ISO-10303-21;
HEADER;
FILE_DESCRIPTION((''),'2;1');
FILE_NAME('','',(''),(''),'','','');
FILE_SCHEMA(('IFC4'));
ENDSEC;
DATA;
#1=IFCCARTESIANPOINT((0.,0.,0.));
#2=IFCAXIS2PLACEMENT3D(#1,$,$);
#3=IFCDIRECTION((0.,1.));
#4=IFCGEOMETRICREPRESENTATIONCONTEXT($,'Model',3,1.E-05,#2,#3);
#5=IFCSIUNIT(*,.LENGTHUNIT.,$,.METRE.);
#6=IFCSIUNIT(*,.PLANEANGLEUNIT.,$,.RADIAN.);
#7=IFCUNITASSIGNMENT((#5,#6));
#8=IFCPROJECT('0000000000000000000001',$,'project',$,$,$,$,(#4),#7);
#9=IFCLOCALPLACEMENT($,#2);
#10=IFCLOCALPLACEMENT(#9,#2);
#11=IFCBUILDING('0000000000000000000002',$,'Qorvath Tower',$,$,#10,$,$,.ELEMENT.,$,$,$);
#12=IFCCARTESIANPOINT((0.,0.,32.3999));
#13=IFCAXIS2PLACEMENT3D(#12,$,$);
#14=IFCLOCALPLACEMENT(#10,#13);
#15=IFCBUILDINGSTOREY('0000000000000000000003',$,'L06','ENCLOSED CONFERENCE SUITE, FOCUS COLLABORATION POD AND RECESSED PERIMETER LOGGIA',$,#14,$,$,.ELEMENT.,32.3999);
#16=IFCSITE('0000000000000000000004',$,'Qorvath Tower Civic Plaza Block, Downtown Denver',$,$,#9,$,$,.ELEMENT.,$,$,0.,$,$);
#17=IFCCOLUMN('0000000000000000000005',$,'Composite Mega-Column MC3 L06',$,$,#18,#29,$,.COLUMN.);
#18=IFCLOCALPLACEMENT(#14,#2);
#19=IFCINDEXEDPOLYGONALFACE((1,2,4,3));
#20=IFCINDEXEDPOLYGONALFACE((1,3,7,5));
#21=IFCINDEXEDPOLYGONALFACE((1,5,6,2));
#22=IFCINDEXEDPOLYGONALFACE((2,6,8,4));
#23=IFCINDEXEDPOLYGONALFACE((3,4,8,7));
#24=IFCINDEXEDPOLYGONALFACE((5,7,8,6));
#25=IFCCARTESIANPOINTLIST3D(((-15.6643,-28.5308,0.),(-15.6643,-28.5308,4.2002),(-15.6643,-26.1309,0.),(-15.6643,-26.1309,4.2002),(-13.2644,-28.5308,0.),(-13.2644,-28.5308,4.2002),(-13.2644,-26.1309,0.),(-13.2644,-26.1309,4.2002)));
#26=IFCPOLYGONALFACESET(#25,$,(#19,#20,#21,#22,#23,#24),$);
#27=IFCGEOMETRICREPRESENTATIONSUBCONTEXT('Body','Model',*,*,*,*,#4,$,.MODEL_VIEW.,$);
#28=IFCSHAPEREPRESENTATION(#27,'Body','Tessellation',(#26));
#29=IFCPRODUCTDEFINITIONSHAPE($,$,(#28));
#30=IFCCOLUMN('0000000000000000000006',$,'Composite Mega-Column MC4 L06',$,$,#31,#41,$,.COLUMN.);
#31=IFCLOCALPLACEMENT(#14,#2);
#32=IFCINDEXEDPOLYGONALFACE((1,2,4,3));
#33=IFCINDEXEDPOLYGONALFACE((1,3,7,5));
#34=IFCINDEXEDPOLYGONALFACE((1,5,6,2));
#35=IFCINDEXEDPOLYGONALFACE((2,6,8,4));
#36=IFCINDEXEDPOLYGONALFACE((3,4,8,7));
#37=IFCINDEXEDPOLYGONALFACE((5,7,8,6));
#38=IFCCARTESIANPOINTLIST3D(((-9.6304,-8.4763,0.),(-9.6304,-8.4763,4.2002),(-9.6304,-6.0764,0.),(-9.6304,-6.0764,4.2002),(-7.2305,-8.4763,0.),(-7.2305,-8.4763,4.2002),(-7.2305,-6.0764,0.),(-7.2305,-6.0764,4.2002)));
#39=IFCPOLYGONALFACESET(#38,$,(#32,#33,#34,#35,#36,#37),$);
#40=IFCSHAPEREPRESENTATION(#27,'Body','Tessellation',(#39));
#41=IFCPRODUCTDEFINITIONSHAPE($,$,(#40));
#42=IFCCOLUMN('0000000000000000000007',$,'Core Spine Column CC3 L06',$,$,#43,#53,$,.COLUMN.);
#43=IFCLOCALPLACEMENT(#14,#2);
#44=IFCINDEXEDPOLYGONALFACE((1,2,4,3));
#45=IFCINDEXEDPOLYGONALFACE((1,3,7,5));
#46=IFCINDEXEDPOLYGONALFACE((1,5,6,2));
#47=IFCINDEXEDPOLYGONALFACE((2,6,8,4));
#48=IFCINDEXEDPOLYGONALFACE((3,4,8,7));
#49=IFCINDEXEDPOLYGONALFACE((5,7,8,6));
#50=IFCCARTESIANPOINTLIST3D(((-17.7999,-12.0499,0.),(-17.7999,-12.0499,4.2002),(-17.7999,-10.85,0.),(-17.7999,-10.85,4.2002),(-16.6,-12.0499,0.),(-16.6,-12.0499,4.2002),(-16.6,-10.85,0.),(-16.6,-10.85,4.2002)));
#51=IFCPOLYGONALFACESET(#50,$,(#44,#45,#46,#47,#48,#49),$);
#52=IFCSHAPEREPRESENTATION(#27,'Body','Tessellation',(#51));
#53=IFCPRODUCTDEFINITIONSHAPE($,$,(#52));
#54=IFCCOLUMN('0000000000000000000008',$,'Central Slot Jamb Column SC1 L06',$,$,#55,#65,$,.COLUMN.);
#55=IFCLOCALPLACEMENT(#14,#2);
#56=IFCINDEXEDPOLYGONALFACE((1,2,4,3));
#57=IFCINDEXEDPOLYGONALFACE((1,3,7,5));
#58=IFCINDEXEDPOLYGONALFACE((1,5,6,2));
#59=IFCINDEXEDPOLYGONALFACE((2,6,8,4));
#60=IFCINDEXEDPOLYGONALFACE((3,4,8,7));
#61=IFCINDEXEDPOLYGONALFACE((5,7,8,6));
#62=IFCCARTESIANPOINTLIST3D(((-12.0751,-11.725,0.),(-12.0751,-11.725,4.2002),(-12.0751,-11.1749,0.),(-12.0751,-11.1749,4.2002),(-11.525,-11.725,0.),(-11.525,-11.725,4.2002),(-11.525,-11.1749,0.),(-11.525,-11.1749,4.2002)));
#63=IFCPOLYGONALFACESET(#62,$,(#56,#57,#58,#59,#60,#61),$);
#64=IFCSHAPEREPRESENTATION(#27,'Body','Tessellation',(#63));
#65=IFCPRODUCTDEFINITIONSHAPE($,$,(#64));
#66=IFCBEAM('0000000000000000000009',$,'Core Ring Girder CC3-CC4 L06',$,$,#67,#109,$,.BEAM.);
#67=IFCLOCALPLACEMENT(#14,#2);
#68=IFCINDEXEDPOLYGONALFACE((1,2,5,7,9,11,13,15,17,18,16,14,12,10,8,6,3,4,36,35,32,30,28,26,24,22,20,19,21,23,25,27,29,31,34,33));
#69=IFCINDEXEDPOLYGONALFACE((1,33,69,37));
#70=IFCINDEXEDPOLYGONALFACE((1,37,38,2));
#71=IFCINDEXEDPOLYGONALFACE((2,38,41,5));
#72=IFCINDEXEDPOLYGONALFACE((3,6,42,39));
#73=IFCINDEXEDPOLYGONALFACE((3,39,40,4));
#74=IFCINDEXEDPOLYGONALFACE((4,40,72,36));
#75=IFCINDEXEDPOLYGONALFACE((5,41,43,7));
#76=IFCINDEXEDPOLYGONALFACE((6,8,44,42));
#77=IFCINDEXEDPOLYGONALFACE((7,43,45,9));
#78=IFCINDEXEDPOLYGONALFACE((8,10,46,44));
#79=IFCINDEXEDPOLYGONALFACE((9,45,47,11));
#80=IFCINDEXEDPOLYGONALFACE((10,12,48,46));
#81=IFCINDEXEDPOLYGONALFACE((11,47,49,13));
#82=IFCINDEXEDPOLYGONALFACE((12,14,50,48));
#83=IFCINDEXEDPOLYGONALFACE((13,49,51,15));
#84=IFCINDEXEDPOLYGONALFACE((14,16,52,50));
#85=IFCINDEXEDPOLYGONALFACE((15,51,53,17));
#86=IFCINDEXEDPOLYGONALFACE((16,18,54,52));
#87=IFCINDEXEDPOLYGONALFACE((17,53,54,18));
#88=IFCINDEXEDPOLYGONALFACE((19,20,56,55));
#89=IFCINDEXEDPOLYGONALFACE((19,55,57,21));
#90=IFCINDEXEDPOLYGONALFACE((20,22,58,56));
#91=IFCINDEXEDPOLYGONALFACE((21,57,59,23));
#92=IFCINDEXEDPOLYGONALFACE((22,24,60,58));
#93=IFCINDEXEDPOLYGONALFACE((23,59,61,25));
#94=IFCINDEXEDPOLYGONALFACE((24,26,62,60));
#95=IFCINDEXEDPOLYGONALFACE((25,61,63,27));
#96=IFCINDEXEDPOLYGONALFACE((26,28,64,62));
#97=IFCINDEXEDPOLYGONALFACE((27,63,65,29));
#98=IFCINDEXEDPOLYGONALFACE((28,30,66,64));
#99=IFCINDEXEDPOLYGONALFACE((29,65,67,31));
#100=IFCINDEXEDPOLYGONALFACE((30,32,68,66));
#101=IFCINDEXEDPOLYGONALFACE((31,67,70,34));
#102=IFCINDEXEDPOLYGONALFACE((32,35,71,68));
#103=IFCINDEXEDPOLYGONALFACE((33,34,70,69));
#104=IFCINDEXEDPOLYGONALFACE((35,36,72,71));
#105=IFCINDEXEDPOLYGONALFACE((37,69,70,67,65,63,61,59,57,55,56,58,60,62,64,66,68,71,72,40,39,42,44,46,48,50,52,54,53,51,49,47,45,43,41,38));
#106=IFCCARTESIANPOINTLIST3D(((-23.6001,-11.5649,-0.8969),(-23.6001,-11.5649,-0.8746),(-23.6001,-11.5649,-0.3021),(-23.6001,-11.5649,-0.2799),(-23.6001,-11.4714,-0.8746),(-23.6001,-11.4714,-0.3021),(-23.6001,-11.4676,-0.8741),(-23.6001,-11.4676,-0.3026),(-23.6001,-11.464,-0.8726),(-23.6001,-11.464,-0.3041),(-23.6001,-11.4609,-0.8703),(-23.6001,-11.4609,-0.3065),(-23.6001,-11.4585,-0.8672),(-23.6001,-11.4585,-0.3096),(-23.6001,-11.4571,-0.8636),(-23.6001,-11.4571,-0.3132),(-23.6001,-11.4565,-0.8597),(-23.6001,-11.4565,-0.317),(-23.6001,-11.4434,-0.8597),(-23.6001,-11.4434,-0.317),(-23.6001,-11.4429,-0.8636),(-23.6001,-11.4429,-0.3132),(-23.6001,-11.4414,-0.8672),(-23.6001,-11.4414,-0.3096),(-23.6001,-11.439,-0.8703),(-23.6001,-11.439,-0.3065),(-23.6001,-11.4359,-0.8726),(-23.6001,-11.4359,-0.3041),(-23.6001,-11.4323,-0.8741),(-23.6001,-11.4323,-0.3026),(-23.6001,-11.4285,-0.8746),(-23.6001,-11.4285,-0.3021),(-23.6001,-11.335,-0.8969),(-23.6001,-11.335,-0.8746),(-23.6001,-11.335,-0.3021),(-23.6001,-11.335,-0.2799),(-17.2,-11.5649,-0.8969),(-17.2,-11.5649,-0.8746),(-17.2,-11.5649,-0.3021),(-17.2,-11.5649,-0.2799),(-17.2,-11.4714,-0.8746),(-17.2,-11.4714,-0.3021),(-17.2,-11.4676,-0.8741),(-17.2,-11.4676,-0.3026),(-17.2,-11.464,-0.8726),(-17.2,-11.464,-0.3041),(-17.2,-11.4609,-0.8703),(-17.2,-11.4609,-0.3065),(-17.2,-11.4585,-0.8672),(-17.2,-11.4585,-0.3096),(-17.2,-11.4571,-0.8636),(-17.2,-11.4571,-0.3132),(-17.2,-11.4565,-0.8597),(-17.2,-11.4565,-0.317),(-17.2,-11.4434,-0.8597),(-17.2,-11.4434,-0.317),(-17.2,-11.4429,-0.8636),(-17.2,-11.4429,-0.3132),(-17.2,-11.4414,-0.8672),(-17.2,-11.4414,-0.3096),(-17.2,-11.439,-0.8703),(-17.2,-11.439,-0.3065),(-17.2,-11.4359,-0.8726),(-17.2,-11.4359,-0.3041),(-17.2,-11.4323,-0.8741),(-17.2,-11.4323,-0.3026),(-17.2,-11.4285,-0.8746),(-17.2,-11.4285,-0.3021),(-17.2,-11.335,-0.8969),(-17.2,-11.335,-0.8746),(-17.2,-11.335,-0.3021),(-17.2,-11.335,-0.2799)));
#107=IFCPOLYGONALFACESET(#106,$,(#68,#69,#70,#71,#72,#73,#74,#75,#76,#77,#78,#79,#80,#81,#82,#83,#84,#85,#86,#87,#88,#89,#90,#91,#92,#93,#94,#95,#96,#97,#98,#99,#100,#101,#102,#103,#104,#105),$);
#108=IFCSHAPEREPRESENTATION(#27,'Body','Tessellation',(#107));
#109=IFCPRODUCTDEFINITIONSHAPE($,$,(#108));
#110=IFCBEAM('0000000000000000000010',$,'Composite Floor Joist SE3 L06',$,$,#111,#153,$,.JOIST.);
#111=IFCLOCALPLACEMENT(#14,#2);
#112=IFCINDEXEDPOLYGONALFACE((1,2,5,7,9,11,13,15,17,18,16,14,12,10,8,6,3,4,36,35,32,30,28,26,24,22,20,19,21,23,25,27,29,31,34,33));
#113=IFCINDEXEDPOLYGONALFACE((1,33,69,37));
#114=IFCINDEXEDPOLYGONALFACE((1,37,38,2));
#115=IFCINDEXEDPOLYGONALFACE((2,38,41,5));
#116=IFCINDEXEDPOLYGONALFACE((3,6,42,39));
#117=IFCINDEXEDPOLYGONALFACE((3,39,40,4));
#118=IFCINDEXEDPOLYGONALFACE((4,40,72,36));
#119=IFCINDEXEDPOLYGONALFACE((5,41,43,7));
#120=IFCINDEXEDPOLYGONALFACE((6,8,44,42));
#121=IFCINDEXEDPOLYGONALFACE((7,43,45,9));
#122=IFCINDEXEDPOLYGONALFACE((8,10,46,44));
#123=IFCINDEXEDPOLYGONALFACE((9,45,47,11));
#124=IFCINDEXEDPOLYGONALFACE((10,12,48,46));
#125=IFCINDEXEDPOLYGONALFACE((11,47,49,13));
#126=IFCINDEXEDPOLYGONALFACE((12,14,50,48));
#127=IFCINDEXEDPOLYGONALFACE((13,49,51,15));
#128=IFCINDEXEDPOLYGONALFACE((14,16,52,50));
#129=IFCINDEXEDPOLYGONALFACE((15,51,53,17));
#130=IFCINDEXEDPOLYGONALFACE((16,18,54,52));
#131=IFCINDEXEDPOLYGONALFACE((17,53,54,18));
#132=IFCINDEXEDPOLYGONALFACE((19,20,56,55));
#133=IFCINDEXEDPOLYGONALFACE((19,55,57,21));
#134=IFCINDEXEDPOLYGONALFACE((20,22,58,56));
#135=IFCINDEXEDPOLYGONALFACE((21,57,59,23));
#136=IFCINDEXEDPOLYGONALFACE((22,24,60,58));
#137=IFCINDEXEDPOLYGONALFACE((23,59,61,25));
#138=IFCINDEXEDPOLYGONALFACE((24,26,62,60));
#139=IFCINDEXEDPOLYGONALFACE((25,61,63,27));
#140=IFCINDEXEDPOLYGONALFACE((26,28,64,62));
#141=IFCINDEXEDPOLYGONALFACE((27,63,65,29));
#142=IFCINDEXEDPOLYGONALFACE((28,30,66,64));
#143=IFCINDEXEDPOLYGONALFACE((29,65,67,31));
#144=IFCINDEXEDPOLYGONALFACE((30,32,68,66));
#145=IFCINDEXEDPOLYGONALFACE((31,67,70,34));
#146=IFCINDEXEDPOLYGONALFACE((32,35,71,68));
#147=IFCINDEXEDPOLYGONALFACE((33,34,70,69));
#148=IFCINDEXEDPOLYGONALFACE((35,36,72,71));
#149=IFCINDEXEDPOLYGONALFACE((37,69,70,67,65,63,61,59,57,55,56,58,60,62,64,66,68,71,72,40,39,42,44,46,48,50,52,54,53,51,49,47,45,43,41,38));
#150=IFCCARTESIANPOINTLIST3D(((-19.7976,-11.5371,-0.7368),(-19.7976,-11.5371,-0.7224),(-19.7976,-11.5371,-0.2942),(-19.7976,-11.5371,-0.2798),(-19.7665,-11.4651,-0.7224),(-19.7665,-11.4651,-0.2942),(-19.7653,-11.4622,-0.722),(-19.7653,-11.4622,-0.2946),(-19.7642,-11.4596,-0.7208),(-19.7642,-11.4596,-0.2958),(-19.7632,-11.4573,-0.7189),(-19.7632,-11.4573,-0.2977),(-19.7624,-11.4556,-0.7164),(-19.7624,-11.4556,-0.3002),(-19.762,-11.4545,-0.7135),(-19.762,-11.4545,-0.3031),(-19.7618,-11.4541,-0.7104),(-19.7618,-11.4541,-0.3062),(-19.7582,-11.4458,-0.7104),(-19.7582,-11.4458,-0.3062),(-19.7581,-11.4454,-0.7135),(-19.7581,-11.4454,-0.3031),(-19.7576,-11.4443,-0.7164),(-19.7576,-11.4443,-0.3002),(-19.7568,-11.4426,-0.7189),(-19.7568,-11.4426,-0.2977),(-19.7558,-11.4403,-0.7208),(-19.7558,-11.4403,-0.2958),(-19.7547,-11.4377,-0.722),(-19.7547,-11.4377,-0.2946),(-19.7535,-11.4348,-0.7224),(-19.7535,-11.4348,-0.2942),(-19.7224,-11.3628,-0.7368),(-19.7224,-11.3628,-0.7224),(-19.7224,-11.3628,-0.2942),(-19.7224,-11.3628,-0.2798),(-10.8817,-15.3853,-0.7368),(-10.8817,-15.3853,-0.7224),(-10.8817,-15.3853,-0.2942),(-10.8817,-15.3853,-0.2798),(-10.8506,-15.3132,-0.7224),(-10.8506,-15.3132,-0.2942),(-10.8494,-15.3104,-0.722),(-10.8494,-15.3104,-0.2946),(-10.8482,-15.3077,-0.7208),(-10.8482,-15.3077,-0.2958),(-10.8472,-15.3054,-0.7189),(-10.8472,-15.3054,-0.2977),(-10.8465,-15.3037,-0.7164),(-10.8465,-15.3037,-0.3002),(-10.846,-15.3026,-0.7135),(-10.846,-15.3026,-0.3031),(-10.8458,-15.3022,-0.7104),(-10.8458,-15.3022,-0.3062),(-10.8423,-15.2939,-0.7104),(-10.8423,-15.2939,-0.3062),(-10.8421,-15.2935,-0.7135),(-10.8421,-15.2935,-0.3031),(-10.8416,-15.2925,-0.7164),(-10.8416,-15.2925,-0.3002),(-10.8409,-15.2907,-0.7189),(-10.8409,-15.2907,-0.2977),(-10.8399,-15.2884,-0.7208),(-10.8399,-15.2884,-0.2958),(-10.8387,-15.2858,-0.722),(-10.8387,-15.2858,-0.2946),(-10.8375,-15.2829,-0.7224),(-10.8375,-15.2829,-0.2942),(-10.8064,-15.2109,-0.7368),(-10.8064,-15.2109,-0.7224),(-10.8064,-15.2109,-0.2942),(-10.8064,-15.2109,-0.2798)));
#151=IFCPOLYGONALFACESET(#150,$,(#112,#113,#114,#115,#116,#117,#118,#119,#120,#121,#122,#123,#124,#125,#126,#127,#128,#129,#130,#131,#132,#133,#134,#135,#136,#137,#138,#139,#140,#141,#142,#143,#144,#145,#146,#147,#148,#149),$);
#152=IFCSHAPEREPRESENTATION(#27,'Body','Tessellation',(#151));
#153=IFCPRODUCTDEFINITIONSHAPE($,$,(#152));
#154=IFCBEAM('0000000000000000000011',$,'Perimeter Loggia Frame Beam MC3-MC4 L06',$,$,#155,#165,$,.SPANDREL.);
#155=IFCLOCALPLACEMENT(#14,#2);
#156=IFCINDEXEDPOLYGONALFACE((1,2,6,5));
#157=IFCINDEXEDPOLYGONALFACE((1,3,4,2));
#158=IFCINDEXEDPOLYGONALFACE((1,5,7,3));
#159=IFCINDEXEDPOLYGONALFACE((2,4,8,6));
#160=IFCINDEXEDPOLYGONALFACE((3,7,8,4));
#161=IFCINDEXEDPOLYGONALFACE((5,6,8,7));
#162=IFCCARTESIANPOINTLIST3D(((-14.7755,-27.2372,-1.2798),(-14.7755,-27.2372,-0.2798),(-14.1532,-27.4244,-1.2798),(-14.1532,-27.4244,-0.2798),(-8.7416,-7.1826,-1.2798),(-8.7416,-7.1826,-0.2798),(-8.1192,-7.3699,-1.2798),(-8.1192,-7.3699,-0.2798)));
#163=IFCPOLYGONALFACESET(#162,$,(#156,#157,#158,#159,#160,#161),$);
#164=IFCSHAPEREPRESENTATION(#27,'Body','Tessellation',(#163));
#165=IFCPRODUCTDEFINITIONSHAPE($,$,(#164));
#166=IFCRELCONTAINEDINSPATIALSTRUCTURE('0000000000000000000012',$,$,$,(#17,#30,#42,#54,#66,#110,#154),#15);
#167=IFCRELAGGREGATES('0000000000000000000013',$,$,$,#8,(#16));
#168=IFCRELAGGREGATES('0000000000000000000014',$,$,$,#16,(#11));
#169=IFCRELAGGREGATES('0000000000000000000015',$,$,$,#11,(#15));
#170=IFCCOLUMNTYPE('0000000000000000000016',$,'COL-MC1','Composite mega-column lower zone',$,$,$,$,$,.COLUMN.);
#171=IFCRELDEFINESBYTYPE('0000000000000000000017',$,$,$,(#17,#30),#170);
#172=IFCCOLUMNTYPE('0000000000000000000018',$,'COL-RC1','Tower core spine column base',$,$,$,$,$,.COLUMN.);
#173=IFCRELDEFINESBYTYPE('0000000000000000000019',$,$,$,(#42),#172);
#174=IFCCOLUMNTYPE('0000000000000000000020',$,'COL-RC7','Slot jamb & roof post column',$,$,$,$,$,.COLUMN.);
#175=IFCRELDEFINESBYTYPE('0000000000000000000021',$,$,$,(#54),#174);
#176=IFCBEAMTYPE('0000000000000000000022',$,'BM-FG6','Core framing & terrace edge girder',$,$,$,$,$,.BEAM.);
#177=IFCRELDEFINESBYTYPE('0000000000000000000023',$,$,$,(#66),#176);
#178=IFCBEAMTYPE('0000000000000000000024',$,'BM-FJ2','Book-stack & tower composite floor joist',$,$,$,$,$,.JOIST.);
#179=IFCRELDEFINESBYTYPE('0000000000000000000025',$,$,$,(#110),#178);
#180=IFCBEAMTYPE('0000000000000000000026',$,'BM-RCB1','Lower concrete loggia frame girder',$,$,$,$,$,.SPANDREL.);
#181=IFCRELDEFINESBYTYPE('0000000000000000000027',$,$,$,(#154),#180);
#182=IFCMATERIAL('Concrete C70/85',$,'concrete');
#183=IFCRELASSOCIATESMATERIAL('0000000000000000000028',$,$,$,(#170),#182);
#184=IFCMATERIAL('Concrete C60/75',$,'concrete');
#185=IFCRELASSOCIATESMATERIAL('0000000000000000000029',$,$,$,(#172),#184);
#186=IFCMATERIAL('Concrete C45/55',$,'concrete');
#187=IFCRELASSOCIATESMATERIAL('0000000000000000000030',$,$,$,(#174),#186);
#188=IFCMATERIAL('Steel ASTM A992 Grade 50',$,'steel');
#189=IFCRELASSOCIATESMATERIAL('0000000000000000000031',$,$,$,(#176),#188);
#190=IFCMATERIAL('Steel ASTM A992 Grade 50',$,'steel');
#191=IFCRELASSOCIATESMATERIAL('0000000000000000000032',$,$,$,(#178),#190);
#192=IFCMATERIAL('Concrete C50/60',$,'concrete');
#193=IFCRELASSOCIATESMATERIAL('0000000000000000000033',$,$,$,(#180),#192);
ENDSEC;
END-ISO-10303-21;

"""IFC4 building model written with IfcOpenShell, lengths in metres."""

from ifc_helpers import new_model, si_unit, direction, frame, origin, origin_2d, place, context, subcontext, project, spatial, rectangle, i_section, extrude, material, material_profile, profile_set, type_object, element, save


model = new_model("IFC4")

# Units and contexts
model_context = context("Model", 3, precision=1e-05, world=origin(), true_north=direction((0.0, 1.0)))
body_context = subcontext(model_context, "Body", "Model", "MODEL_VIEW")
ifc_project = project(units=[si_unit("LENGTHUNIT", "METRE"), si_unit("PLANEANGLEUNIT", "RADIAN")], contexts=[model_context])

# Site, building, storey
site_placement = place(None, origin())
site = spatial("IfcSite", under=ifc_project, at=site_placement, Name="Qorvath Tower Civic Plaza Block, Downtown Denver", CompositionType="ELEMENT", RefElevation=0.0)
building_placement = place(site_placement, origin())
building = spatial("IfcBuilding", under=site, at=building_placement, Name="Qorvath Tower", CompositionType="ELEMENT")
storey_placement = place(building_placement, frame((0.0, 0.0, 32.3999)))
storey = spatial("IfcBuildingStorey", under=building, at=storey_placement, Name="L06", Description="ENCLOSED CONFERENCE SUITE, FOCUS COLLABORATION POD AND RECESSED PERIMETER LOGGIA", CompositionType="ELEMENT", Elevation=32.3999)

# Columns
ifc_material_1 = material(Name="Concrete C70/85", Category="concrete")
ifc_material_profile_1 = material_profile(ifc_material_1, rectangle(XDim=2.3999, YDim=2.3999, at=origin_2d()), Name="MC 2400x2400")
ifc_profile_set_1 = profile_set([ifc_material_profile_1], Name="Concrete C70/85")
column_type_1 = type_object("IfcColumnType", Name="COL-MC1", Description="Composite mega-column lower zone", PredefinedType="COLUMN", material=ifc_profile_set_1)
for number, where, z_axis, x_axis, name in (
    (1, (-14.4644, -27.3308, 0.0), (0.0, 0.0, 1.0), (1.0, 0.0, 0.0), "Composite Mega-Column MC3 L06"),
    (2, (-8.4304, -7.2764, 0.0), (0.0, 0.0, 1.0), (1.0, 0.0, 0.0), "Composite Mega-Column MC4 L06"),
):
    element("IfcColumn", number, at=place(storey_placement, frame(where, z_axis=z_axis, x_axis=x_axis)), inside=storey, type_object=column_type_1, Name=name, PredefinedType="COLUMN", context=body_context, shape_type="SweptSolid", body=[
        extrude(rectangle(XDim=2.3999, YDim=2.3999, at=origin_2d()), origin(), (0.0, 0.0, 1.0), 4.2002),
    ])
ifc_material_2 = material(Name="Concrete C60/75", Category="concrete")
ifc_material_profile_2 = material_profile(ifc_material_2, rectangle(XDim=1.2, YDim=1.2, at=origin_2d()), Name="RC 1200x1200")
ifc_profile_set_2 = profile_set([ifc_material_profile_2], Name="Concrete C60/75")
column_type_2 = type_object("IfcColumnType", Name="COL-RC1", Description="Tower core spine column base", PredefinedType="COLUMN", material=ifc_profile_set_2)
column_1_placement = place(storey_placement, frame((-17.2, -11.45, 0.0), z_axis=(0.0, 0.0, 1.0), x_axis=(1.0, 0.0, 0.0)))
element("IfcColumn", 3, at=column_1_placement, inside=storey, type_object=column_type_2, Name="Core Spine Column CC3 L06", PredefinedType="COLUMN", context=body_context, shape_type="SweptSolid", body=[
    extrude(rectangle(XDim=1.2, YDim=1.2, at=origin_2d()), origin(), (0.0, 0.0, 1.0), 4.2002),
])
ifc_material_3 = material(Name="Concrete C45/55", Category="concrete")
ifc_material_profile_3 = material_profile(ifc_material_3, rectangle(XDim=0.55, YDim=0.55, at=origin_2d()), Name="RC 550x550")
ifc_profile_set_3 = profile_set([ifc_material_profile_3], Name="Concrete C45/55")
column_type_3 = type_object("IfcColumnType", Name="COL-RC7", Description="Slot jamb & roof post column", PredefinedType="COLUMN", material=ifc_profile_set_3)
column_2_placement = place(storey_placement, frame((-11.8, -11.45, 0.0), z_axis=(0.0, 0.0, 1.0), x_axis=(1.0, 0.0, 0.0)))
element("IfcColumn", 4, at=column_2_placement, inside=storey, type_object=column_type_3, Name="Central Slot Jamb Column SC1 L06", PredefinedType="COLUMN", context=body_context, shape_type="SweptSolid", body=[
    extrude(rectangle(XDim=0.55, YDim=0.55, at=origin_2d()), origin(), (0.0, 0.0, 1.0), 4.2002),
])

# Beams
ifc_material_4 = material(Name="Steel ASTM A992 Grade 50", Category="steel")
ifc_material_profile_4 = material_profile(ifc_material_4, i_section(OverallWidth=0.23, OverallDepth=0.6169, WebThickness=0.0132, FlangeThickness=0.0222, FilletRadius=0.0149, at=origin_2d()), Name="W24x94")
ifc_profile_set_4 = profile_set([ifc_material_profile_4], Name="Steel ASTM A992 Grade 50")
beam_type_1 = type_object("IfcBeamType", Name="BM-FG6", Description="Core framing & terrace edge girder", PredefinedType="BEAM", material=ifc_profile_set_4)
beam_1_placement = place(storey_placement, frame((-17.2, -11.45, -0.5884), z_axis=(-1.0, 0.0, 0.0), x_axis=(0.0, -1.0, 0.0)))
element("IfcBeam", 5, at=beam_1_placement, inside=storey, type_object=beam_type_1, Name="Core Ring Girder CC3-CC4 L06", PredefinedType="BEAM", context=body_context, shape_type="SweptSolid", body=[
    extrude(i_section(OverallWidth=0.23, OverallDepth=0.6169, WebThickness=0.0132, FlangeThickness=0.0222, FilletRadius=0.0149, at=origin_2d()), origin(), (0.0, 0.0, 1.0), 6.4001),
])
ifc_material_5 = material(Name="Steel ASTM A992 Grade 50", Category="steel")
ifc_material_profile_5 = material_profile(ifc_material_5, i_section(OverallWidth=0.1899, OverallDepth=0.457, WebThickness=0.009, FlangeThickness=0.0144, FilletRadius=0.012, at=origin_2d()), Name="W18x50")
ifc_profile_set_5 = profile_set([ifc_material_profile_5], Name="Steel ASTM A992 Grade 50")
beam_type_2 = type_object("IfcBeamType", Name="BM-FJ2", Description="Book-stack & tower composite floor joist", PredefinedType="JOIST", material=ifc_profile_set_5)
beam_2_placement = place(storey_placement, frame((-19.76, -11.45, -0.5083), z_axis=(0.918136, -0.396266, 0.0), x_axis=(0.396266, 0.918136, 0.0)))
element("IfcBeam", 6, at=beam_2_placement, inside=storey, type_object=beam_type_2, Name="Composite Floor Joist SE3 L06", PredefinedType="JOIST", context=body_context, shape_type="SweptSolid", body=[
    extrude(i_section(OverallWidth=0.1899, OverallDepth=0.457, WebThickness=0.009, FlangeThickness=0.0144, FilletRadius=0.012, at=origin_2d()), origin(), (0.0, 0.0, 1.0), 9.7109),
])
ifc_material_6 = material(Name="Concrete C50/60", Category="concrete")
ifc_material_profile_6 = material_profile(ifc_material_6, rectangle(XDim=0.6499, YDim=1.0, at=origin_2d()), Name="RCB 1000x650")
ifc_profile_set_6 = profile_set([ifc_material_profile_6], Name="Concrete C50/60")
beam_type_3 = type_object("IfcBeamType", Name="BM-RCB1", Description="Lower concrete loggia frame girder", PredefinedType="SPANDREL", material=ifc_profile_set_6)
beam_3_placement = place(storey_placement, frame((-14.4644, -27.3308, -0.7798), z_axis=(0.288119, 0.957595, 0.0), x_axis=(-0.957595, 0.288119, 0.0)))
element("IfcBeam", 7, at=beam_3_placement, inside=storey, type_object=beam_type_3, Name="Perimeter Loggia Frame Beam MC3-MC4 L06", PredefinedType="SPANDREL", context=body_context, shape_type="SweptSolid", body=[
    extrude(rectangle(XDim=0.6499, YDim=1.0, at=origin_2d()), origin(), (0.0, 0.0, 1.0), 20.9426),
])

save(model, "model.ifc")
